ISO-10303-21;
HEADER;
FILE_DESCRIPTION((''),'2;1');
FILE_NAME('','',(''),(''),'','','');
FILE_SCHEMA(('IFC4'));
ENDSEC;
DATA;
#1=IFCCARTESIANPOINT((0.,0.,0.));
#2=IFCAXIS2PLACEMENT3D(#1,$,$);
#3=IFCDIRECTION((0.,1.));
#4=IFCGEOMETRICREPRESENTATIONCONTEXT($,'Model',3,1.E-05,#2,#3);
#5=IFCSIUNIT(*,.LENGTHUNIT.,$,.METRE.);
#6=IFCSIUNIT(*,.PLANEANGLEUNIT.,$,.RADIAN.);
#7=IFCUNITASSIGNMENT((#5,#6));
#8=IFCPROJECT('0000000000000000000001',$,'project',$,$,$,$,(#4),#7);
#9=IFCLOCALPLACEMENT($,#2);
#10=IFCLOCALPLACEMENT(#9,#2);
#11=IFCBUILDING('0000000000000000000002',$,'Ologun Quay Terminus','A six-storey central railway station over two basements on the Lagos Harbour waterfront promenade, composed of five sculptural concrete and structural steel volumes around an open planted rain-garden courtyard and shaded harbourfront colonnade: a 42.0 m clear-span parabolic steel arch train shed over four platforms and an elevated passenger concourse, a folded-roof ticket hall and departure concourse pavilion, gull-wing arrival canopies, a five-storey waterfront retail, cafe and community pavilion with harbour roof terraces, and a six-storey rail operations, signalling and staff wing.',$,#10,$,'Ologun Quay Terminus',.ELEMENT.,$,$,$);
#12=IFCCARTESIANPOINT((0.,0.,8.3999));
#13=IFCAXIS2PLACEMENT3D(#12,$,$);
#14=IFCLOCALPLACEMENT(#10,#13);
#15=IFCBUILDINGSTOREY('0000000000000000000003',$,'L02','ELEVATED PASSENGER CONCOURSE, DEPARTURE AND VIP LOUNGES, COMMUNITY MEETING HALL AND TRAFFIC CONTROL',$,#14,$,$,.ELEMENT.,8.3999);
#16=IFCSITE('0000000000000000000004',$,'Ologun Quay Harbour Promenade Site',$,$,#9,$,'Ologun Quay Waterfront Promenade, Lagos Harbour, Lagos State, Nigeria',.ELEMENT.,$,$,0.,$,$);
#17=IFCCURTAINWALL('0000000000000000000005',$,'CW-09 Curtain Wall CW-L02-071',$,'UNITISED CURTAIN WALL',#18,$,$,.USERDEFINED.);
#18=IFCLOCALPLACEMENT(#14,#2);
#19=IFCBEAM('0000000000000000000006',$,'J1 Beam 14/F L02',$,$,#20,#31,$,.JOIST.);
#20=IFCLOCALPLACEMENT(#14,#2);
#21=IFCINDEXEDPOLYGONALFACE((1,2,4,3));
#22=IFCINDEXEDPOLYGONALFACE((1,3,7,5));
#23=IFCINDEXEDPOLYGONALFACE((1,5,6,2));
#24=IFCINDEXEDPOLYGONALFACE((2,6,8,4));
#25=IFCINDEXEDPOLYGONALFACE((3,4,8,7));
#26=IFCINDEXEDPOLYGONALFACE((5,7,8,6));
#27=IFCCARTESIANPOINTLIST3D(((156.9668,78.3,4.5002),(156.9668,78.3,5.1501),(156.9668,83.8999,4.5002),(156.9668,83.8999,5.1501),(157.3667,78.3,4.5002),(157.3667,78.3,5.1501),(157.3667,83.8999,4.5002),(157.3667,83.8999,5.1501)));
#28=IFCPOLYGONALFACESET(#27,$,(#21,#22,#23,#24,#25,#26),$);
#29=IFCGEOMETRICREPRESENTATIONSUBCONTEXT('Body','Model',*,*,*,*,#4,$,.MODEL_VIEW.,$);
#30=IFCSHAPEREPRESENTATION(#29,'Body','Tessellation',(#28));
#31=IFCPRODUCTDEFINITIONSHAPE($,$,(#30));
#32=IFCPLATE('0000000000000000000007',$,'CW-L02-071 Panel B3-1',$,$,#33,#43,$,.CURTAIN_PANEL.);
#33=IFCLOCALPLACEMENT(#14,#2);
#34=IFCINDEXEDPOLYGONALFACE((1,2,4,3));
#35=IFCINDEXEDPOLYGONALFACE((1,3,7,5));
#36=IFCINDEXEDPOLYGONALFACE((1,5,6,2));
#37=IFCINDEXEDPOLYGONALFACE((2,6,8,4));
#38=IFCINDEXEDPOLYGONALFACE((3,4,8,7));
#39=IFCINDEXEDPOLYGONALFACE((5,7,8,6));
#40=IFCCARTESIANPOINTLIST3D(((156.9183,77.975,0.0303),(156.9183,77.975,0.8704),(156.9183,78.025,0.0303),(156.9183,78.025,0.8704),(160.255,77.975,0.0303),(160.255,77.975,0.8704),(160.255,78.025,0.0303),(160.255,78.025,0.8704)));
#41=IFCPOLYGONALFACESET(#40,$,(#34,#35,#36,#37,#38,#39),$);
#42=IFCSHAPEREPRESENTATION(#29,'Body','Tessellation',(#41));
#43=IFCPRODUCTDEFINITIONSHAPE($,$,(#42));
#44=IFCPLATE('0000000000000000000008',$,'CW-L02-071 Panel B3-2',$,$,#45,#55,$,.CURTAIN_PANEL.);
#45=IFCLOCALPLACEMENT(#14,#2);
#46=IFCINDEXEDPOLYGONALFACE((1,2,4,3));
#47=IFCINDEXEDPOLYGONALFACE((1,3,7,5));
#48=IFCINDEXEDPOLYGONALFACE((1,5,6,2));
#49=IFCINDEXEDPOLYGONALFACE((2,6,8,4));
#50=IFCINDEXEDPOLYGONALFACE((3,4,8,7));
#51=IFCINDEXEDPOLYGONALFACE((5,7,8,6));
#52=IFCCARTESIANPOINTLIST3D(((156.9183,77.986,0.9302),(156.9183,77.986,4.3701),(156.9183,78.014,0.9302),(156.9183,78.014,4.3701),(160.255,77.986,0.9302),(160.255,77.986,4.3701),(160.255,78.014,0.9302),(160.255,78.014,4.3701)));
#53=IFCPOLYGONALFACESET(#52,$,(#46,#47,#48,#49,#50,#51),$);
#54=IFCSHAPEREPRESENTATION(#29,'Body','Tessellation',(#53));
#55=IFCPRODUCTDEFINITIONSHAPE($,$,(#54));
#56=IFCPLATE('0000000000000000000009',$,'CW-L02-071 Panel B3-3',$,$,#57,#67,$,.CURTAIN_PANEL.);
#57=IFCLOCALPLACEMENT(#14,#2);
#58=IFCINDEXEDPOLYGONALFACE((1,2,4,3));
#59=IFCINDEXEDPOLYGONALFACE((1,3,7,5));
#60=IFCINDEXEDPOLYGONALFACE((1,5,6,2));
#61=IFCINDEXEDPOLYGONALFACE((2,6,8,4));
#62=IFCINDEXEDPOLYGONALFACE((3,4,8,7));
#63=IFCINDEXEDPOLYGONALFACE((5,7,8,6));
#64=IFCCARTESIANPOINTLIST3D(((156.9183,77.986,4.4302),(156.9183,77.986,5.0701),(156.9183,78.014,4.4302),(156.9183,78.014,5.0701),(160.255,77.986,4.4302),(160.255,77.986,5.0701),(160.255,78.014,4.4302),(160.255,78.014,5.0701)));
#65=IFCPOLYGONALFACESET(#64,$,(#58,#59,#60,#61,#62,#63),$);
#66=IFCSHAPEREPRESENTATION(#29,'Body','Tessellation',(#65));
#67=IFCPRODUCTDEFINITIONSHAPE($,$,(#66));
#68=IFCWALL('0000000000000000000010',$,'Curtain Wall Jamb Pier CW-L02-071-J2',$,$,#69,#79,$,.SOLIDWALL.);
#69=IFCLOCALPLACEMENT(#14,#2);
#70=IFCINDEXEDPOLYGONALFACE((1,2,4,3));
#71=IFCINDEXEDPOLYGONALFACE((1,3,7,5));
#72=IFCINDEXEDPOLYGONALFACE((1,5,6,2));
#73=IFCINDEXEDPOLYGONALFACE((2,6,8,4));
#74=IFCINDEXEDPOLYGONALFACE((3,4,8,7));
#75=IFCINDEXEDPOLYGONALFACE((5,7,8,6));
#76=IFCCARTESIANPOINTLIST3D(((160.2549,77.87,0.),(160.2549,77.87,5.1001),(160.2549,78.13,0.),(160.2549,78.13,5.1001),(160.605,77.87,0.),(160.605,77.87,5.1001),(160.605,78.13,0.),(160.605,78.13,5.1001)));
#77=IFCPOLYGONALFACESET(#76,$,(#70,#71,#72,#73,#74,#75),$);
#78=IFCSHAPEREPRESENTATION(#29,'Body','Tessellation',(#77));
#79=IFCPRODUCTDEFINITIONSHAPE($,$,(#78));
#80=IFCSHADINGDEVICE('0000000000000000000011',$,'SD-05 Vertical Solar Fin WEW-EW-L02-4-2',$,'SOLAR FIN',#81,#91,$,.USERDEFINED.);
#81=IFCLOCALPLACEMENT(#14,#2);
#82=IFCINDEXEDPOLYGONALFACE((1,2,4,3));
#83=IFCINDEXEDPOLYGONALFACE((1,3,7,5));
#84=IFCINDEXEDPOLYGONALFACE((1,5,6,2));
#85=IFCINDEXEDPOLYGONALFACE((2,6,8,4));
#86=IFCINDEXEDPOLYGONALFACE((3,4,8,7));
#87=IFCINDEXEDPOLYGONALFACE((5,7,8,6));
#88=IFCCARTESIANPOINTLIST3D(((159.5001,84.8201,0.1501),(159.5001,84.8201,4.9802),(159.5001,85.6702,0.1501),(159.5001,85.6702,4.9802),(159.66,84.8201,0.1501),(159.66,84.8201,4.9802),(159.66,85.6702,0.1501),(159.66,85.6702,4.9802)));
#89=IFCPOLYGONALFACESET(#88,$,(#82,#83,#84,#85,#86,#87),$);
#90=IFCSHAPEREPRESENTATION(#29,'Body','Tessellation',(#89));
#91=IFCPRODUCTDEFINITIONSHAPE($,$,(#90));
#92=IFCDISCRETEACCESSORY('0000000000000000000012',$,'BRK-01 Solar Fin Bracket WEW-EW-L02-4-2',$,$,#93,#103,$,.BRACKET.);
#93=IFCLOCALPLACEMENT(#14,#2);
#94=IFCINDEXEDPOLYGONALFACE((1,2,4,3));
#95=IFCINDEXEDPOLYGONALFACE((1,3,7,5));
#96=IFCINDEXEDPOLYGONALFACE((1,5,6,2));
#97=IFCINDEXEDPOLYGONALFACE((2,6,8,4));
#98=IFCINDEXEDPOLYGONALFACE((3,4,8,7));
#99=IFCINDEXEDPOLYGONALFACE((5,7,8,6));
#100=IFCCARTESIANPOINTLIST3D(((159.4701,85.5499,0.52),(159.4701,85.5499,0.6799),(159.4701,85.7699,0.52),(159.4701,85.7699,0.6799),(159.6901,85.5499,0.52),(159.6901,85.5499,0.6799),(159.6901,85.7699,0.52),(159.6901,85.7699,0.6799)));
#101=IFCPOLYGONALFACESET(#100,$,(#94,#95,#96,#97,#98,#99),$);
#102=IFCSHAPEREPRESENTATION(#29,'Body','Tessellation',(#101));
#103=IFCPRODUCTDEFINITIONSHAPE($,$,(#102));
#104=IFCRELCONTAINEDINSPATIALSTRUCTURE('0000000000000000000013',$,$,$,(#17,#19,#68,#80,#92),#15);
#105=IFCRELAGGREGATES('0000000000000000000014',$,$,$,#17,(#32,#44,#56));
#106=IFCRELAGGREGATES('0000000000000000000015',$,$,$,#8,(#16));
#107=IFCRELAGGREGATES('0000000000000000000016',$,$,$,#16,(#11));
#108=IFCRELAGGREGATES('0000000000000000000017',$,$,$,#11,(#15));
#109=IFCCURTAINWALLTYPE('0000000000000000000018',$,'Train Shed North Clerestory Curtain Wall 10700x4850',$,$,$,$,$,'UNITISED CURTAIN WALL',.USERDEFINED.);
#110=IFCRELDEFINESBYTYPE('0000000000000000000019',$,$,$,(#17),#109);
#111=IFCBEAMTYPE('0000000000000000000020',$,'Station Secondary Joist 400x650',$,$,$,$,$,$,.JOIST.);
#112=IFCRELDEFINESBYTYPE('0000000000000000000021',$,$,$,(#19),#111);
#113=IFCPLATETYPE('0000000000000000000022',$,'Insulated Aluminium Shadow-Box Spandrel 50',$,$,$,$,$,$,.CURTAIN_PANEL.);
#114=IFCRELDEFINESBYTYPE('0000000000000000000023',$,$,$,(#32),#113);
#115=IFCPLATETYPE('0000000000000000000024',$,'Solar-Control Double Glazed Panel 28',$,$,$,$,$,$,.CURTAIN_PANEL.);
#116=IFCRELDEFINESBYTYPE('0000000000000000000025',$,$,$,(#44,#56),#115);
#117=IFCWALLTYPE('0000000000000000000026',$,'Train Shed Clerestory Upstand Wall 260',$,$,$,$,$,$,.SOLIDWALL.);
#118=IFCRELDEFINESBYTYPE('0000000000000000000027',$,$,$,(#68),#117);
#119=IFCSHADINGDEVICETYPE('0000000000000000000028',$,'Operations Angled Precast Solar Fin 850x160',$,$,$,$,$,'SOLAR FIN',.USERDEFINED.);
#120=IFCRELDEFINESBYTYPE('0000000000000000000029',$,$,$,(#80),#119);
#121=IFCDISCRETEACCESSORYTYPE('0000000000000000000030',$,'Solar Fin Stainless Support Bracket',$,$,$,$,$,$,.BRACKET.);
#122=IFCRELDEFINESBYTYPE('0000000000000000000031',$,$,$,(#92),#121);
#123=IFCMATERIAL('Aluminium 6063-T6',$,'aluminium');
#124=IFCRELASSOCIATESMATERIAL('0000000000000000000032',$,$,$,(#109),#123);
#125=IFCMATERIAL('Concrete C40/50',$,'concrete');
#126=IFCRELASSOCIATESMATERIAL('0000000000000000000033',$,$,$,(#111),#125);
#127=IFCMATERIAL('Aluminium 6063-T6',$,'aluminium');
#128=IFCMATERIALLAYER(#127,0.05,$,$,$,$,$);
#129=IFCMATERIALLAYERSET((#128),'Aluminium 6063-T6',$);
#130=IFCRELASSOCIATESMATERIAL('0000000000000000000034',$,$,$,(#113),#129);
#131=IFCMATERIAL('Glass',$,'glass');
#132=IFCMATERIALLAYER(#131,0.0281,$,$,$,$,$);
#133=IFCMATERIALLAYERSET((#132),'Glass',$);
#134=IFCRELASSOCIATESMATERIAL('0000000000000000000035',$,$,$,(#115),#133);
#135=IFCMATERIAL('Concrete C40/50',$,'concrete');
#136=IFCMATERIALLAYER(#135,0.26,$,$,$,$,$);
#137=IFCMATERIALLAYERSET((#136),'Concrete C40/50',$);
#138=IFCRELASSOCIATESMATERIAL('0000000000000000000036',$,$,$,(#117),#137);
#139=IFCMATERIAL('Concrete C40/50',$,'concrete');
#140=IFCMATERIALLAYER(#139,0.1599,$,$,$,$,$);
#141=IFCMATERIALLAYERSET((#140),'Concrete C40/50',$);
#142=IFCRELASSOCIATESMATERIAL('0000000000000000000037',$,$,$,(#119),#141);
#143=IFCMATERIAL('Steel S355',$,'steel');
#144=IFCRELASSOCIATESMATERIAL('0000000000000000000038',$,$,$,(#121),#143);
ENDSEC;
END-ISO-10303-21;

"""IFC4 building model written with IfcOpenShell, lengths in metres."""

from ifc_helpers import new_model, si_unit, direction, frame, frame_2d, origin, origin_2d, place, context, subcontext, project, spatial, rectangle, extrude, material, layer, layer_set, material_profile, profile_set, type_object, element, aggregate, save


model = new_model("IFC4")

# Units and contexts
model_context = context("Model", 3, precision=1e-05, world=origin(), true_north=direction((0.0, 1.0)))
body_context = subcontext(model_context, "Body", "Model", "MODEL_VIEW")
ifc_project = project(units=[si_unit("LENGTHUNIT", "METRE"), si_unit("PLANEANGLEUNIT", "RADIAN")], contexts=[model_context])

# Site, building, storey
site_placement = place(None, origin())
site = spatial("IfcSite", under=ifc_project, at=site_placement, Name="Ologun Quay Harbour Promenade Site", LongName="Ologun Quay Waterfront Promenade, Lagos Harbour, Lagos State, Nigeria", CompositionType="ELEMENT", RefElevation=0.0)
building_placement = place(site_placement, origin())
building = spatial("IfcBuilding", under=site, at=building_placement, Name="Ologun Quay Terminus", Description="A six-storey central railway station over two basements on the Lagos Harbour waterfront promenade, composed of five sculptural concrete and structural steel volumes around an open planted rain-garden courtyard and shaded harbourfront colonnade: a 42.0 m clear-span parabolic steel arch train shed over four platforms and an elevated passenger concourse, a folded-roof ticket hall and departure concourse pavilion, gull-wing arrival canopies, a five-storey waterfront retail, cafe and community pavilion with harbour roof terraces, and a six-storey rail operations, signalling and staff wing.", LongName="Ologun Quay Terminus", CompositionType="ELEMENT")
storey_placement = place(building_placement, frame((0.0, 0.0, 8.3999)))
storey = spatial("IfcBuildingStorey", under=building, at=storey_placement, Name="L02", Description="ELEVATED PASSENGER CONCOURSE, DEPARTURE AND VIP LOUNGES, COMMUNITY MEETING HALL AND TRAFFIC CONTROL", CompositionType="ELEMENT", Elevation=8.3999)

# Curtain wall
ifc_material_1 = material(Name="Aluminium 6063-T6", Category="aluminium")
curtain_wall_type = type_object("IfcCurtainWallType", Name="Train Shed North Clerestory Curtain Wall 10700x4850", ElementType="UNITISED CURTAIN WALL", PredefinedType="USERDEFINED", material=ifc_material_1)
curtain_wall_placement = place(storey_placement, origin())
curtain_wall = element("IfcCurtainWall", 1, at=curtain_wall_placement, inside=storey, type_object=curtain_wall_type, Name="CW-09 Curtain Wall CW-L02-071", ObjectType="UNITISED CURTAIN WALL", PredefinedType="USERDEFINED")

# Beam
ifc_material_2 = material(Name="Concrete C40/50", Category="concrete")
ifc_material_profile_1 = material_profile(ifc_material_2, rectangle(XDim=0.3999, YDim=0.6499, at=origin_2d()), Name="RC 400x650")
ifc_profile_set_1 = profile_set([ifc_material_profile_1], Name="Concrete C40/50")
beam_type_1 = type_object("IfcBeamType", Name="Station Secondary Joist 400x650", PredefinedType="JOIST", material=ifc_profile_set_1)
beam_1_placement = place(storey_placement, frame((157.1667, 78.3, 4.8252), z_axis=(0.0, 1.0, 0.0), x_axis=(-1.0, 0.0, 0.0)))
element("IfcBeam", 2, at=beam_1_placement, inside=storey, type_object=beam_type_1, Name="J1 Beam 14/F L02", PredefinedType="JOIST", context=body_context, shape_type="SweptSolid", body=[
    extrude(rectangle(XDim=0.3999, YDim=0.6499, at=origin_2d()), origin(), (0.0, 0.0, 1.0), 5.5999),
])

# Plates
ifc_material_3 = material(Name="Aluminium 6063-T6", Category="aluminium")
ifc_layer_1 = layer(ifc_material_3, 0.05)
ifc_layer_set_1 = layer_set([ifc_layer_1], Name="Aluminium 6063-T6")
plate_type_1 = type_object("IfcPlateType", Name="Insulated Aluminium Shadow-Box Spandrel 50", PredefinedType="CURTAIN_PANEL", material=ifc_layer_set_1)
plate_1_placement = place(storey_placement, frame((158.5867, 78.0, 0.0303), z_axis=(0.0, 0.0, 1.0), x_axis=(1.0, 0.0, 0.0)))
plate_1 = element("IfcPlate", 3, at=plate_1_placement, type_object=plate_type_1, Name="CW-L02-071 Panel B3-1", PredefinedType="CURTAIN_PANEL", context=body_context, shape_type="SweptSolid", body=[
    extrude(rectangle(XDim=3.3367, YDim=0.05, at=origin_2d()), origin(), (0.0, 0.0, 1.0), 0.8401),
])
ifc_material_4 = material(Name="Glass", Category="glass")
ifc_layer_2 = layer(ifc_material_4, 0.0281)
ifc_layer_set_2 = layer_set([ifc_layer_2], Name="Glass")
plate_type_2 = type_object("IfcPlateType", Name="Solar-Control Double Glazed Panel 28", PredefinedType="CURTAIN_PANEL", material=ifc_layer_set_2)
plate_2_placement = place(storey_placement, frame((158.5867, 78.0, 0.9302), z_axis=(0.0, 0.0, 1.0), x_axis=(1.0, 0.0, 0.0)))
plate_2 = element("IfcPlate", 4, at=plate_2_placement, type_object=plate_type_2, Name="CW-L02-071 Panel B3-2", PredefinedType="CURTAIN_PANEL", context=body_context, shape_type="SweptSolid", body=[
    extrude(rectangle(XDim=3.3367, YDim=0.0281, at=origin_2d()), origin(), (0.0, 0.0, 1.0), 3.4399),
])
plate_3_placement = place(storey_placement, frame((158.5867, 78.0, 4.4302), z_axis=(0.0, 0.0, 1.0), x_axis=(1.0, 0.0, 0.0)))
plate_3 = element("IfcPlate", 5, at=plate_3_placement, type_object=plate_type_2, Name="CW-L02-071 Panel B3-3", PredefinedType="CURTAIN_PANEL", context=body_context, shape_type="SweptSolid", body=[
    extrude(rectangle(XDim=3.3367, YDim=0.0281, at=origin_2d()), origin(), (0.0, 0.0, 1.0), 0.6399),
])
aggregate(curtain_wall, [plate_1, plate_2, plate_3])

# Wall
ifc_material_5 = material(Name="Concrete C40/50", Category="concrete")
ifc_layer_3 = layer(ifc_material_5, 0.26)
ifc_layer_set_3 = layer_set([ifc_layer_3], Name="Concrete C40/50")
wall_type = type_object("IfcWallType", Name="Train Shed Clerestory Upstand Wall 260", PredefinedType="SOLIDWALL", material=ifc_layer_set_3)
wall_placement = place(storey_placement, frame((160.2549, 78.0, 0.0), z_axis=(0.0, 0.0, 1.0), x_axis=(1.0, 0.0, 0.0)))
element("IfcWall", 6, at=wall_placement, inside=storey, type_object=wall_type, Name="Curtain Wall Jamb Pier CW-L02-071-J2", PredefinedType="SOLIDWALL", context=body_context, shape_type="SweptSolid", body=[
    extrude(rectangle(XDim=0.3501, YDim=0.26, at=frame_2d((0.175, 0.0))), origin(), (0.0, 0.0, 1.0), 5.1001),
])

# Shading device
ifc_material_6 = material(Name="Concrete C40/50", Category="concrete")
ifc_layer_4 = layer(ifc_material_6, 0.1599)
ifc_layer_set_4 = layer_set([ifc_layer_4], Name="Concrete C40/50")
shading_device_type = type_object("IfcShadingDeviceType", Name="Operations Angled Precast Solar Fin 850x160", ElementType="SOLAR FIN", PredefinedType="USERDEFINED", material=ifc_layer_set_4)
shading_device_placement = place(storey_placement, frame((159.5801, 85.2451, 0.1501), z_axis=(0.0, 0.0, 1.0), x_axis=(1.0, 0.0, 0.0)))
element("IfcShadingDevice", 7, at=shading_device_placement, inside=storey, type_object=shading_device_type, Name="SD-05 Vertical Solar Fin WEW-EW-L02-4-2", ObjectType="SOLAR FIN", PredefinedType="USERDEFINED", context=body_context, shape_type="SweptSolid", body=[
    extrude(rectangle(XDim=0.1599, YDim=0.8501, at=origin_2d()), origin(), (0.0, 0.0, 1.0), 4.8301),
])

# Discrete accessory
ifc_material_7 = material(Name="Steel S355", Category="steel")
discrete_accessory_type = type_object("IfcDiscreteAccessoryType", Name="Solar Fin Stainless Support Bracket", PredefinedType="BRACKET", material=ifc_material_7)
discrete_accessory_placement = place(storey_placement, frame((159.5801, 85.6599, 0.52), z_axis=(0.0, 0.0, 1.0), x_axis=(1.0, 0.0, 0.0)))
element("IfcDiscreteAccessory", 8, at=discrete_accessory_placement, inside=storey, type_object=discrete_accessory_type, Name="BRK-01 Solar Fin Bracket WEW-EW-L02-4-2", PredefinedType="BRACKET", context=body_context, shape_type="SweptSolid", body=[
    extrude(rectangle(XDim=0.22, YDim=0.22, at=origin_2d()), origin(), (0.0, 0.0, 1.0), 0.1599),
])

save(model, "model.ifc")
